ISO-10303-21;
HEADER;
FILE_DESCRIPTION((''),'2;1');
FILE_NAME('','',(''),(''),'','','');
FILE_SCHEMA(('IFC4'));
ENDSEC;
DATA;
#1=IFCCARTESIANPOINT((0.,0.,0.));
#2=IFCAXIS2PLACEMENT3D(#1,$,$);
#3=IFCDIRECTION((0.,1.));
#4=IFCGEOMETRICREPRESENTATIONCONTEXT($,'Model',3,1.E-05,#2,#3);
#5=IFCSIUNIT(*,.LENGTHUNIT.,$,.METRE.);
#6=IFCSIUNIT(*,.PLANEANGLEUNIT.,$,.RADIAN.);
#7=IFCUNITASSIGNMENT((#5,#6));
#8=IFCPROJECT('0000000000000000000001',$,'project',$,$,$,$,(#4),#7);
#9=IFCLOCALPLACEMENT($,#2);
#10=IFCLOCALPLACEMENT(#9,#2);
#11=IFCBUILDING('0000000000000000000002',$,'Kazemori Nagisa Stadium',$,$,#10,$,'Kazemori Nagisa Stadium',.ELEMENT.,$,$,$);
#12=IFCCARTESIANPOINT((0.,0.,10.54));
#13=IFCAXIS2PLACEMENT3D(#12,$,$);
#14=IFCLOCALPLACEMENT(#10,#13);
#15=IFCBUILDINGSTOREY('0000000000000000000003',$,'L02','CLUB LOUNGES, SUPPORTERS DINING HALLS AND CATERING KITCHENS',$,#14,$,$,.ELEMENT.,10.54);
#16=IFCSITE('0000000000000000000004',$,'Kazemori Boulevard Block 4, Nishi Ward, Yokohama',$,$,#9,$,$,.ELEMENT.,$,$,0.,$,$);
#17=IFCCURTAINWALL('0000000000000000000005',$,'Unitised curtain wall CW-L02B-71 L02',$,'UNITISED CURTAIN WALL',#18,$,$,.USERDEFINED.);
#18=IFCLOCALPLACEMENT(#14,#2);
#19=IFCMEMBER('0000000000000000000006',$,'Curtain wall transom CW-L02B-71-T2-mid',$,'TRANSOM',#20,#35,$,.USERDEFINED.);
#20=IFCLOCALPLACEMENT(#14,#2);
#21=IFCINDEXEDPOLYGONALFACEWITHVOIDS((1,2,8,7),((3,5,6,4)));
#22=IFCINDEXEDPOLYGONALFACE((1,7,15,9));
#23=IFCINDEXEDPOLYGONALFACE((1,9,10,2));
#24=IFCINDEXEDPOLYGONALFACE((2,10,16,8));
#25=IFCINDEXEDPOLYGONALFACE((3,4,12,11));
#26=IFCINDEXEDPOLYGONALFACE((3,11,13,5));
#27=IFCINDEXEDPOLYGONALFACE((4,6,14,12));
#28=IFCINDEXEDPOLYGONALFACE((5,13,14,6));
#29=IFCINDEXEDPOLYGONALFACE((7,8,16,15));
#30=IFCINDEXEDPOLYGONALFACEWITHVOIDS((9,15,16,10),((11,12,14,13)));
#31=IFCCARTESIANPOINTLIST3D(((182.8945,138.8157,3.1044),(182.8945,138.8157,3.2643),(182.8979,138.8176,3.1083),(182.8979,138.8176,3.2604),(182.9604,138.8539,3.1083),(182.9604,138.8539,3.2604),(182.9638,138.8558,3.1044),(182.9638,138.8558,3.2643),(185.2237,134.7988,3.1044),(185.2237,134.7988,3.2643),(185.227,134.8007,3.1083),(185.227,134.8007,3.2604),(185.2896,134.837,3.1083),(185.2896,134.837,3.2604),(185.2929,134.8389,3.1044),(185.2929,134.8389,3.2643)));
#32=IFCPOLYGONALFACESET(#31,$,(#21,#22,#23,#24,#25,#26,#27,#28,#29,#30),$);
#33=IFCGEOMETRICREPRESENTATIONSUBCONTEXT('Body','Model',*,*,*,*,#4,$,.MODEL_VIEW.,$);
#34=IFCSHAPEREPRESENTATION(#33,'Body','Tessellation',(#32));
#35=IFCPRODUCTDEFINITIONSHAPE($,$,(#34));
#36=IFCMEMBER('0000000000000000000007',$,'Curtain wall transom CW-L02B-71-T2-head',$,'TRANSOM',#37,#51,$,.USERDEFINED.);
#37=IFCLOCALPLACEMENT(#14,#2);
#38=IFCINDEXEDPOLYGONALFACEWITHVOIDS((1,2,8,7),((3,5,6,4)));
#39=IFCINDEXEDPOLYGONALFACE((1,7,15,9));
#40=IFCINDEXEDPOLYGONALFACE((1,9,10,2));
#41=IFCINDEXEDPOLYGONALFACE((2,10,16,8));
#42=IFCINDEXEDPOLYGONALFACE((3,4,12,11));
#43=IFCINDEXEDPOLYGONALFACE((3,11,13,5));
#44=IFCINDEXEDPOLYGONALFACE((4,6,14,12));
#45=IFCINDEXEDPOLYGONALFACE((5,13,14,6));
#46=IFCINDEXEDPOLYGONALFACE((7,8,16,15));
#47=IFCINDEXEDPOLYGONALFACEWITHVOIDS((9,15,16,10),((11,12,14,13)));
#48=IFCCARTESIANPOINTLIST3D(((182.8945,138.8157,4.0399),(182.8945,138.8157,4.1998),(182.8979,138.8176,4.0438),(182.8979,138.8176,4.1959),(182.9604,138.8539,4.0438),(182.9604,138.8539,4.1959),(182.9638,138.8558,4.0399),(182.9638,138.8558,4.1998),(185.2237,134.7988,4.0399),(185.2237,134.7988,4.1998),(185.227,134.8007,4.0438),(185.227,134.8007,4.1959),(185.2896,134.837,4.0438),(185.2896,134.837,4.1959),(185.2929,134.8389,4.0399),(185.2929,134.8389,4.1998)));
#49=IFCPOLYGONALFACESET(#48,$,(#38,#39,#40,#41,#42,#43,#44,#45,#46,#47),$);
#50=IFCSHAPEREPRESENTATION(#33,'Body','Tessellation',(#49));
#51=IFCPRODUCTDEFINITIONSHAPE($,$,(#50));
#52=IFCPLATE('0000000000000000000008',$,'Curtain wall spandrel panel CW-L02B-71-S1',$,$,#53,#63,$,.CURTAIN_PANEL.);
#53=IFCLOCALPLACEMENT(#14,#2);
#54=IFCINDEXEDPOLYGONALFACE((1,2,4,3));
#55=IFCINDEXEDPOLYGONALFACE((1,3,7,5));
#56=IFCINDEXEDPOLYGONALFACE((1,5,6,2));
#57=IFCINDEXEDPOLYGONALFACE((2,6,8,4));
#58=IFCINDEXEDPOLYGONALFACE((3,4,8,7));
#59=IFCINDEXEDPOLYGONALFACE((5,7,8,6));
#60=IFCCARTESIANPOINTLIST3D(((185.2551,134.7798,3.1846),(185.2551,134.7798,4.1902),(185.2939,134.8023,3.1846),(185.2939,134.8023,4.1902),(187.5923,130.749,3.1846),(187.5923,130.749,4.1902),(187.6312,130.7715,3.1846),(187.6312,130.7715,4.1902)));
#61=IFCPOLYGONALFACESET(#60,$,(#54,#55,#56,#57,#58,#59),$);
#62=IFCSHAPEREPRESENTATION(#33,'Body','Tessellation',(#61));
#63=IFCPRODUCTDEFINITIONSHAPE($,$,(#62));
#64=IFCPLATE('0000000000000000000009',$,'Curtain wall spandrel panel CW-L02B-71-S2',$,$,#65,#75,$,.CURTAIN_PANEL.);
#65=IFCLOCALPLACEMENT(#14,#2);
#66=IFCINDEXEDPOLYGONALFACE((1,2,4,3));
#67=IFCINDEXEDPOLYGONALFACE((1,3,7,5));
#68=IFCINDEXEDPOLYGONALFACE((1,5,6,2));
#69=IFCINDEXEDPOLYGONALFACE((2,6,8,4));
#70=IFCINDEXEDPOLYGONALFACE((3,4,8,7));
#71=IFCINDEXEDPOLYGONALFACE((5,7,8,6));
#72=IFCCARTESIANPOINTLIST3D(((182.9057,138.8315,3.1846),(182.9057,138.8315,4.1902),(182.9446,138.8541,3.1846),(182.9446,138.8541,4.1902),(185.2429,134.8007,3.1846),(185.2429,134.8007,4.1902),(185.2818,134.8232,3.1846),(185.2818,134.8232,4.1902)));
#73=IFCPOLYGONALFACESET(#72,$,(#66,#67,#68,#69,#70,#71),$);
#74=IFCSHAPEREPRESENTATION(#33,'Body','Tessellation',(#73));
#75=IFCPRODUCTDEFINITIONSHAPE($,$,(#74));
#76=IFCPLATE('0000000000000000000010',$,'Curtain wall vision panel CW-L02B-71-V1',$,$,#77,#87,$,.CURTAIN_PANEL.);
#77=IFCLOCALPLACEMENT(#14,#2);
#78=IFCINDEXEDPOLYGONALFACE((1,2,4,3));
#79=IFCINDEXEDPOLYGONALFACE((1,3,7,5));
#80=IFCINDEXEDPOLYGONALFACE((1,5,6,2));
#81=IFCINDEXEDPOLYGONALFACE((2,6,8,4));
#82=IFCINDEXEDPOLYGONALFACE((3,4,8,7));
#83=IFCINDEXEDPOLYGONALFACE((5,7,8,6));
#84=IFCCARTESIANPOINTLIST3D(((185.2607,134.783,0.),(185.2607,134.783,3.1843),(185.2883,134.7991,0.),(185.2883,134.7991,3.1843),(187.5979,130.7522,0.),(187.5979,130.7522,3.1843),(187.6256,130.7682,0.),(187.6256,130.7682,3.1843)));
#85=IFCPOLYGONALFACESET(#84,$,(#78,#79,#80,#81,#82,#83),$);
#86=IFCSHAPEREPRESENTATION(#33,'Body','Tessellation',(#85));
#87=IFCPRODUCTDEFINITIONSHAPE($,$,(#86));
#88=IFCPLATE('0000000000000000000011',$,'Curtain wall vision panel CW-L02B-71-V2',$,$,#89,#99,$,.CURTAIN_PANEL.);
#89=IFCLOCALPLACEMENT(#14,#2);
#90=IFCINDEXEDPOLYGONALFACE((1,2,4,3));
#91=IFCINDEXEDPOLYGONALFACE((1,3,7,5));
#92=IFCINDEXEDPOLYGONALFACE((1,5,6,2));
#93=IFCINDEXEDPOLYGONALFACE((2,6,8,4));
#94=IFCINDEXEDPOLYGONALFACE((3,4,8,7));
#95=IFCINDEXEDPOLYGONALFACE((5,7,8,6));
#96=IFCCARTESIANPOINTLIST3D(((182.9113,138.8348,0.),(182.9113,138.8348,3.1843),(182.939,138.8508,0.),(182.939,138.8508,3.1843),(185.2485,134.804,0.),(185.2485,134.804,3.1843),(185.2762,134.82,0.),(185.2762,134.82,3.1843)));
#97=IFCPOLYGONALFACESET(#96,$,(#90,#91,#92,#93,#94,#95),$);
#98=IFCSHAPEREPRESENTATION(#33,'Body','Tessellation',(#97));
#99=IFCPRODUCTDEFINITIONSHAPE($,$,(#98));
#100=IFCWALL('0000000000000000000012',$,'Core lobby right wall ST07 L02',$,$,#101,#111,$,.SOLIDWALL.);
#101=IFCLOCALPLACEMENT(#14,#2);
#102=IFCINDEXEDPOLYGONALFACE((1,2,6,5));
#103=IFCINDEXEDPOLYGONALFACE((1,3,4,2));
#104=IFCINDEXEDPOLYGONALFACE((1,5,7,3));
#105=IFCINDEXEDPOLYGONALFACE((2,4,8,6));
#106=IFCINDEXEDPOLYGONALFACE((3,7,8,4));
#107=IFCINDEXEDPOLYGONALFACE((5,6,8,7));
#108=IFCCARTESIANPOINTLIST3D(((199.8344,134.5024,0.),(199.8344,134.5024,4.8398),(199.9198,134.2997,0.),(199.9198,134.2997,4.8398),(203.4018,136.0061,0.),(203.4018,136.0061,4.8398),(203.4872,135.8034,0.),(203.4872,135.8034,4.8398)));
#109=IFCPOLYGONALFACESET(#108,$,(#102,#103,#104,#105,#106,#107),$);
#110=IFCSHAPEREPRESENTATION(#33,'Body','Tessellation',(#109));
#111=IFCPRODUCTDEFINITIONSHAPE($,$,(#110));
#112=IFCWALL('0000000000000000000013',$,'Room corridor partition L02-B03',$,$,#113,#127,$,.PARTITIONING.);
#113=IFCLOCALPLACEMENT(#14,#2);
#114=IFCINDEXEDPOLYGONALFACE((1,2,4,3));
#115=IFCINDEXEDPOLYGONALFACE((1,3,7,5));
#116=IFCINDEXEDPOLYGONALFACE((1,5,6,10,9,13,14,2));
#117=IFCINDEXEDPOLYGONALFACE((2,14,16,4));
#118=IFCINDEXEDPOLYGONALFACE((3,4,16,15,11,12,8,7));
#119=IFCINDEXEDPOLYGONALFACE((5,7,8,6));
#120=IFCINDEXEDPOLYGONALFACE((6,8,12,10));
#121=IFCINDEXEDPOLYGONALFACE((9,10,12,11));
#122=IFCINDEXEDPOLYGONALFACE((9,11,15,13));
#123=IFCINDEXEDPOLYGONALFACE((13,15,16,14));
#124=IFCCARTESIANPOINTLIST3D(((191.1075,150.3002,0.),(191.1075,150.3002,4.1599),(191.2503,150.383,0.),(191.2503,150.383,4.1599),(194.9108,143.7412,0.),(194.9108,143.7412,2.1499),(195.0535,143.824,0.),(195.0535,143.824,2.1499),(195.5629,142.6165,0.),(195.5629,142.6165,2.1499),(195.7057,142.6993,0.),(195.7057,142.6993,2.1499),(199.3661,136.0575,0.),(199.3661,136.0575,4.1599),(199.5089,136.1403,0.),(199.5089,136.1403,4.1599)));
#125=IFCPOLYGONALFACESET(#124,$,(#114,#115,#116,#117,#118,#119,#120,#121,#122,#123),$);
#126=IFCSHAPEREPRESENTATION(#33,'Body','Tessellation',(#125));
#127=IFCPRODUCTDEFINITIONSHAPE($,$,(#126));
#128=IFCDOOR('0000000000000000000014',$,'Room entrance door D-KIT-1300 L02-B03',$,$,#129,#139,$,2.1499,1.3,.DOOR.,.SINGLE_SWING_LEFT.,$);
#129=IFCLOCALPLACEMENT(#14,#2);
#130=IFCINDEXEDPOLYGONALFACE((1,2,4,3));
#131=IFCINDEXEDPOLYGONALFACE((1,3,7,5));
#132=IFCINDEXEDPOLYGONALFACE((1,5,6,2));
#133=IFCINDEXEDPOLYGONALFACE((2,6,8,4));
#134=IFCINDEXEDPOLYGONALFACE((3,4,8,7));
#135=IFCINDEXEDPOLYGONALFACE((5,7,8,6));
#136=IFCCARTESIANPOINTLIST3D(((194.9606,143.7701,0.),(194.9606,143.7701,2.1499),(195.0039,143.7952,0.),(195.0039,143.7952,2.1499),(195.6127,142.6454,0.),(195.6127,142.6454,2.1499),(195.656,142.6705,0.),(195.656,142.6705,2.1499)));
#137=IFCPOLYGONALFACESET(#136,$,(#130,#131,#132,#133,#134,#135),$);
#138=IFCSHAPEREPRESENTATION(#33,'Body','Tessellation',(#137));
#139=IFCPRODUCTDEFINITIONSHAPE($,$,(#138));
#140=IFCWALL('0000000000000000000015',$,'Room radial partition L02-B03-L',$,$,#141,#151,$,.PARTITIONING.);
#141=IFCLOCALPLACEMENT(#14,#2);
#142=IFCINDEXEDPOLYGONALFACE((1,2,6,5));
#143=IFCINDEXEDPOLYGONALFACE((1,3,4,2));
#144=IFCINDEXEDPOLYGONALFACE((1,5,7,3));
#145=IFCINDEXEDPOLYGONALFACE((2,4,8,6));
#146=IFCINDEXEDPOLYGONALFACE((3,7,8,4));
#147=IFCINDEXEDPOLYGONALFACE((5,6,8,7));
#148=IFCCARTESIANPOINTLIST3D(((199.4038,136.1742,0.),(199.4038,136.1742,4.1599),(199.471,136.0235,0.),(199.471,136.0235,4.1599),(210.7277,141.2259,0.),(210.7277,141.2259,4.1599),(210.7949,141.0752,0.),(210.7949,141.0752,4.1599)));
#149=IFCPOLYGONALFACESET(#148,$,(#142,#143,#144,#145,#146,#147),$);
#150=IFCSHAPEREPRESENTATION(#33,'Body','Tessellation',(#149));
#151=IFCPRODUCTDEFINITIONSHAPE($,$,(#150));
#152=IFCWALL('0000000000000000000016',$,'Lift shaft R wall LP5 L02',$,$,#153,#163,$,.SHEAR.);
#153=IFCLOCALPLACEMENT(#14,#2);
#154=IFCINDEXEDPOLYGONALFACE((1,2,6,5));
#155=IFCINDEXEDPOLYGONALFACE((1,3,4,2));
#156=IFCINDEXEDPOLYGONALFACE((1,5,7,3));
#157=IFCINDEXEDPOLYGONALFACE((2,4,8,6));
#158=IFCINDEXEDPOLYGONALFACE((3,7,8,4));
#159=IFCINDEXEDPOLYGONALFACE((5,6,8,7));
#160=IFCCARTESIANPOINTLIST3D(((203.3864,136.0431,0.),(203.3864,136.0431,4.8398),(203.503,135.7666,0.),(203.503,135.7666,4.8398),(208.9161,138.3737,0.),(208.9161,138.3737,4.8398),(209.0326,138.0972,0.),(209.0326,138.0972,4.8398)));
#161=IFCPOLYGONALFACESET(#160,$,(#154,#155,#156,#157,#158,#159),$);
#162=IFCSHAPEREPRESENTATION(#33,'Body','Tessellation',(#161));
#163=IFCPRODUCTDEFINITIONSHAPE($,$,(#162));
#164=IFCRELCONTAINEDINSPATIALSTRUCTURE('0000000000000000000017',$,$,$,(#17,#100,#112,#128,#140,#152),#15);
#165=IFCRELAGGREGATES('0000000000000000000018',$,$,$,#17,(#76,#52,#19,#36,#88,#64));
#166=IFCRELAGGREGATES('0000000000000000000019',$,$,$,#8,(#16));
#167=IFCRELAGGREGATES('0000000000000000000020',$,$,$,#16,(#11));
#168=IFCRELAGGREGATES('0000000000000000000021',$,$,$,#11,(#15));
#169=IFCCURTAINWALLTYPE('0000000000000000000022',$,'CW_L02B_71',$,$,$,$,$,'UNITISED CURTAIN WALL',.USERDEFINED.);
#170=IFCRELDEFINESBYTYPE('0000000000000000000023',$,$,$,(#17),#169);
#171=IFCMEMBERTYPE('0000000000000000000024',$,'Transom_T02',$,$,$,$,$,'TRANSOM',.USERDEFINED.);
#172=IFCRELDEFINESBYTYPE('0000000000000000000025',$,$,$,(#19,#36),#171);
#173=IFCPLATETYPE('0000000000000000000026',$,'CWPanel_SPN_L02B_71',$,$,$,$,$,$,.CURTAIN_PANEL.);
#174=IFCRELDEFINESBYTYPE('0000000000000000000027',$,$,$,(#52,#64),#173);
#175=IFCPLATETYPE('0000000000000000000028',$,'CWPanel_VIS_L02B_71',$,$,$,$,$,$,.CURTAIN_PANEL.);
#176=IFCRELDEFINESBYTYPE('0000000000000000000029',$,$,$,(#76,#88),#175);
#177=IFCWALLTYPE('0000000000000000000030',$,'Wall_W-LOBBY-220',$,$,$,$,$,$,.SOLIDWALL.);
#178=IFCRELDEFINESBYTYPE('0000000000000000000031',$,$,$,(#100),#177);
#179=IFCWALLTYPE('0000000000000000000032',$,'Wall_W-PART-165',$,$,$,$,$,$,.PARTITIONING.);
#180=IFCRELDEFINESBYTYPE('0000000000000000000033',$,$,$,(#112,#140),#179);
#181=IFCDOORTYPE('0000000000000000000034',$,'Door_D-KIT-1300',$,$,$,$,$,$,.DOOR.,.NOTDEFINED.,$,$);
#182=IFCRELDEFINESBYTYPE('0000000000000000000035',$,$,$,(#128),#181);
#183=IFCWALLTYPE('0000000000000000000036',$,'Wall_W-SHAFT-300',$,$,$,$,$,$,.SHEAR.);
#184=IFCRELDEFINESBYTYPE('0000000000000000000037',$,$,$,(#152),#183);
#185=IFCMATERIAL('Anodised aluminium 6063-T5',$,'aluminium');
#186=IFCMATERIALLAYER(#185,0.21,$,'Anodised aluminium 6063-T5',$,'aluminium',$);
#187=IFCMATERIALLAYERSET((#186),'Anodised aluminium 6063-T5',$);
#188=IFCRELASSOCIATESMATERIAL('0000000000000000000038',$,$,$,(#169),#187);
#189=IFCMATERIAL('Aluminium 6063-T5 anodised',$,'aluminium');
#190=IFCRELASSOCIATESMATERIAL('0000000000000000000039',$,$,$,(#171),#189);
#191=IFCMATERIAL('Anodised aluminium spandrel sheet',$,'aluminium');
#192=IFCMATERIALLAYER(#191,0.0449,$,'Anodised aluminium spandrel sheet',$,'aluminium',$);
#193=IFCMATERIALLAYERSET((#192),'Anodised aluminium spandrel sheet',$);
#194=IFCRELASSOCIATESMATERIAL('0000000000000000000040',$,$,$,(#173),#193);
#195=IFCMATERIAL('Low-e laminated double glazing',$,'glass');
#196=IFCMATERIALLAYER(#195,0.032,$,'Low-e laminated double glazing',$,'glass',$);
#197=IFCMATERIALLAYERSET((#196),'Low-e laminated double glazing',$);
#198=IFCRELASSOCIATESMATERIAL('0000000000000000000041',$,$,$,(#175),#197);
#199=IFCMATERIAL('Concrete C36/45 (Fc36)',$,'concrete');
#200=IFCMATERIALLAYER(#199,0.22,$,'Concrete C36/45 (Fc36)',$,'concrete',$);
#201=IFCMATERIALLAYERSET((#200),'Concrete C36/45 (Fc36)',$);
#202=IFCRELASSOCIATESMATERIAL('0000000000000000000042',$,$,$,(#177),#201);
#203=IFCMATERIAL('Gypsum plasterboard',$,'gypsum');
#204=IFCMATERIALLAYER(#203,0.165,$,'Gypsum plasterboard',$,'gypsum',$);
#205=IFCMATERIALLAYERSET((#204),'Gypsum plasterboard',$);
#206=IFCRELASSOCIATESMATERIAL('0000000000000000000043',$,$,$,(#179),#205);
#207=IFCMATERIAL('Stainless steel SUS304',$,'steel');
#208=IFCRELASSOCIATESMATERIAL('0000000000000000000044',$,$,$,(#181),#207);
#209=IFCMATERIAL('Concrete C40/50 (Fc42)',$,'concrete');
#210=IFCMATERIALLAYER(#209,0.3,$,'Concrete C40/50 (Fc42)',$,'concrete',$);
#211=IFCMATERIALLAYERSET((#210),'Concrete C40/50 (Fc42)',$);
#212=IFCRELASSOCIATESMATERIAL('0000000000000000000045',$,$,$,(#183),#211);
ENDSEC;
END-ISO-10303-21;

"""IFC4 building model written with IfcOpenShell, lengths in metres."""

from ifc_helpers import new_model, si_unit, direction, frame, frame_2d, origin, origin_2d, place, context, subcontext, project, spatial, rectangle, hollow_rectangle, extrude, material, layer, layer_set, material_profile, profile_set, type_object, element, fill, aggregate, save


model = new_model("IFC4")

# Units and contexts
model_context = context("Model", 3, precision=1e-05, world=origin(), true_north=direction((0.0, 1.0)))
body_context = subcontext(model_context, "Body", "Model", "MODEL_VIEW")
ifc_project = project(units=[si_unit("LENGTHUNIT", "METRE"), si_unit("PLANEANGLEUNIT", "RADIAN")], contexts=[model_context])

# Site, building, storey
site_placement = place(None, origin())
site = spatial("IfcSite", under=ifc_project, at=site_placement, Name="Kazemori Boulevard Block 4, Nishi Ward, Yokohama", CompositionType="ELEMENT", RefElevation=0.0)
building_placement = place(site_placement, origin())
building = spatial("IfcBuilding", under=site, at=building_placement, Name="Kazemori Nagisa Stadium", LongName="Kazemori Nagisa Stadium", CompositionType="ELEMENT")
storey_placement = place(building_placement, frame((0.0, 0.0, 10.54)))
storey = spatial("IfcBuildingStorey", under=building, at=storey_placement, Name="L02", Description="CLUB LOUNGES, SUPPORTERS DINING HALLS AND CATERING KITCHENS", CompositionType="ELEMENT", Elevation=10.54)

# Shared definitions
ifc_material_1 = material(Name="Concrete C40/50 (Fc42)", Category="concrete")

# Curtain wall, members, plates
ifc_material_2 = material(Name="Anodised aluminium 6063-T5", Category="aluminium")
ifc_layer_1 = layer(ifc_material_2, 0.21, Name="Anodised aluminium 6063-T5", Category="aluminium")
ifc_layer_set_1 = layer_set([ifc_layer_1], Name="Anodised aluminium 6063-T5")
curtain_wall_type = type_object("IfcCurtainWallType", Name="CW_L02B_71", ElementType="UNITISED CURTAIN WALL", PredefinedType="USERDEFINED", material=ifc_layer_set_1)
curtain_wall_placement = place(storey_placement, origin())
curtain_wall = element("IfcCurtainWall", 1, at=curtain_wall_placement, inside=storey, type_object=curtain_wall_type, Name="Unitised curtain wall CW-L02B-71 L02", ObjectType="UNITISED CURTAIN WALL", PredefinedType="USERDEFINED")
ifc_material_3 = material(Name="Aluminium 6063-T5 anodised", Category="aluminium")
ifc_material_profile_1 = material_profile(ifc_material_3, hollow_rectangle(XDim=0.0801, YDim=0.1599, WallThickness=0.0039, at=origin_2d()), Name="ALU-TRAN-80x160x4")
ifc_profile_set_1 = profile_set([ifc_material_profile_1], Name="Aluminium 6063-T5 anodised")
member_type_1 = type_object("IfcMemberType", Name="Transom_T02", ElementType="TRANSOM", PredefinedType="USERDEFINED", material=ifc_profile_set_1)
member_1_placement = place(storey_placement, frame((185.2583, 134.8188, 3.1843), z_axis=(-0.50161, 0.865094, 0.0), x_axis=(-0.865094, -0.50161, 0.0)))
member_1 = element("IfcMember", 2, at=member_1_placement, type_object=member_type_1, Name="Curtain wall transom CW-L02B-71-T2-mid", ObjectType="TRANSOM", PredefinedType="USERDEFINED", context=body_context, shape_type="SweptSolid", body=[
    extrude(hollow_rectangle(XDim=0.0801, YDim=0.1599, WallThickness=0.0039, at=origin_2d()), origin(), (0.0, 0.0, 1.0), 4.6433),
])
member_2_placement = place(storey_placement, frame((185.2583, 134.8188, 4.1199), z_axis=(-0.50161, 0.865094, 0.0), x_axis=(-0.865094, -0.50161, 0.0)))
member_2 = element("IfcMember", 3, at=member_2_placement, type_object=member_type_1, Name="Curtain wall transom CW-L02B-71-T2-head", ObjectType="TRANSOM", PredefinedType="USERDEFINED", context=body_context, shape_type="SweptSolid", body=[
    extrude(hollow_rectangle(XDim=0.0801, YDim=0.1599, WallThickness=0.0039, at=origin_2d()), origin(), (0.0, 0.0, 1.0), 4.6433),
])
ifc_material_4 = material(Name="Anodised aluminium spandrel sheet", Category="aluminium")
ifc_layer_2 = layer(ifc_material_4, 0.0449, Name="Anodised aluminium spandrel sheet", Category="aluminium")
ifc_layer_set_2 = layer_set([ifc_layer_2], Name="Anodised aluminium spandrel sheet")
plate_type_1 = type_object("IfcPlateType", Name="CWPanel_SPN_L02B_71", PredefinedType="CURTAIN_PANEL", material=ifc_layer_set_2)
plate_1_placement = place(storey_placement, frame((186.4431, 132.7756, 3.1846), z_axis=(0.0, 0.0, 1.0), x_axis=(-0.501612, 0.865093, 0.0)))
plate_1 = element("IfcPlate", 4, at=plate_1_placement, type_object=plate_type_1, Name="Curtain wall spandrel panel CW-L02B-71-S1", PredefinedType="CURTAIN_PANEL", context=body_context, shape_type="SweptSolid", body=[
    extrude(rectangle(XDim=4.6594, YDim=0.0449, at=origin_2d()), origin(), (0.0, 0.0, 1.0), 1.0056),
])
plate_2_placement = place(storey_placement, frame((184.0938, 136.8274, 3.1846), z_axis=(0.0, 0.0, 1.0), x_axis=(-0.501612, 0.865093, 0.0)))
plate_2 = element("IfcPlate", 5, at=plate_2_placement, type_object=plate_type_1, Name="Curtain wall spandrel panel CW-L02B-71-S2", PredefinedType="CURTAIN_PANEL", context=body_context, shape_type="SweptSolid", body=[
    extrude(rectangle(XDim=4.6594, YDim=0.0449, at=origin_2d()), origin(), (0.0, 0.0, 1.0), 1.0056),
])
ifc_material_5 = material(Name="Low-e laminated double glazing", Category="glass")
ifc_layer_3 = layer(ifc_material_5, 0.032, Name="Low-e laminated double glazing", Category="glass")
ifc_layer_set_3 = layer_set([ifc_layer_3], Name="Low-e laminated double glazing")
plate_type_2 = type_object("IfcPlateType", Name="CWPanel_VIS_L02B_71", PredefinedType="CURTAIN_PANEL", material=ifc_layer_set_3)
plate_3_placement = place(storey_placement, frame((186.4431, 132.7756, 0.0), z_axis=(0.0, 0.0, 1.0), x_axis=(-0.501612, 0.865093, 0.0)))
plate_3 = element("IfcPlate", 6, at=plate_3_placement, type_object=plate_type_2, Name="Curtain wall vision panel CW-L02B-71-V1", PredefinedType="CURTAIN_PANEL", context=body_context, shape_type="SweptSolid", body=[
    extrude(rectangle(XDim=4.6594, YDim=0.032, at=origin_2d()), origin(), (0.0, 0.0, 1.0), 3.1843),
])
plate_4_placement = place(storey_placement, frame((184.0938, 136.8274, 0.0), z_axis=(0.0, 0.0, 1.0), x_axis=(-0.501612, 0.865093, 0.0)))
plate_4 = element("IfcPlate", 7, at=plate_4_placement, type_object=plate_type_2, Name="Curtain wall vision panel CW-L02B-71-V2", PredefinedType="CURTAIN_PANEL", context=body_context, shape_type="SweptSolid", body=[
    extrude(rectangle(XDim=4.6594, YDim=0.032, at=origin_2d()), origin(), (0.0, 0.0, 1.0), 3.1843),
])
aggregate(curtain_wall, [plate_3, plate_1, member_1, member_2, plate_4, plate_2])

# Wall
ifc_material_6 = material(Name="Concrete C36/45 (Fc36)", Category="concrete")
ifc_layer_4 = layer(ifc_material_6, 0.22, Name="Concrete C36/45 (Fc36)", Category="concrete")
ifc_layer_set_4 = layer_set([ifc_layer_4], Name="Concrete C36/45 (Fc36)")
wall_type_1 = type_object("IfcWallType", Name="Wall_W-LOBBY-220", PredefinedType="SOLIDWALL", material=ifc_layer_set_4)
wall_1_placement = place(storey_placement, frame((199.8772, 134.4011, 0.0), z_axis=(0.0, 0.0, 1.0), x_axis=(0.921487, 0.388409, 0.0)))
element("IfcWall", 8, at=wall_1_placement, inside=storey, type_object=wall_type_1, Name="Core lobby right wall ST07 L02", PredefinedType="SOLIDWALL", context=body_context, shape_type="SweptSolid", body=[
    extrude(rectangle(XDim=3.8713, YDim=0.22, at=frame_2d((1.9355, 0.0))), origin(), (0.0, 0.0, 1.0), 4.8398),
])

# Wall, opening, door
ifc_material_7 = material(Name="Gypsum plasterboard", Category="gypsum")
ifc_layer_5 = layer(ifc_material_7, 0.165, Name="Gypsum plasterboard", Category="gypsum")
ifc_layer_set_5 = layer_set([ifc_layer_5], Name="Gypsum plasterboard")
wall_type_2 = type_object("IfcWallType", Name="Wall_W-PART-165", PredefinedType="PARTITIONING", material=ifc_layer_set_5)
wall_2_placement = place(storey_placement, frame((199.4375, 136.0989, 0.0), z_axis=(0.0, 0.0, 1.0), x_axis=(-0.501618, 0.865089, 0.0)))
wall_2 = element("IfcWall", 9, at=wall_2_placement, inside=storey, type_object=wall_type_2, Name="Room corridor partition L02-B03", PredefinedType="PARTITIONING", context=body_context, shape_type="SweptSolid", body=[
    extrude(rectangle(XDim=16.4639, YDim=0.165, at=frame_2d((8.2319, 0.0))), origin(), (0.0, 0.0, 1.0), 4.1599),
])
opening_placement = place(wall_2_placement, frame((7.582, 0.0, 0.0)))
opening = element("IfcOpeningElement", 10, at=opening_placement, cuts=wall_2, PredefinedType="OPENING", context=body_context, shape_type="SweptSolid", body=[
    extrude(rectangle(XDim=1.3, YDim=2.1499, at=frame_2d((0.6499, 1.075))), frame((0.0, 0.0925, 0.0), z_axis=(0.0, -1.0, 0.0), x_axis=(1.0, 0.0, 0.0)), (0.0, 0.0, 1.0), 0.1851),
])
ifc_material_8 = material(Name="Stainless steel SUS304", Category="steel")
door_type = type_object("IfcDoorType", Name="Door_D-KIT-1300", OperationType="NOTDEFINED", PredefinedType="DOOR", material=ifc_material_8)
door_placement = place(opening_placement, origin())
door = element("IfcDoor", 11, at=door_placement, inside=storey, type_object=door_type, Name="Room entrance door D-KIT-1300 L02-B03", OperationType="SINGLE_SWING_LEFT", OverallHeight=2.1499, OverallWidth=1.3, PredefinedType="DOOR", context=body_context, shape_type="SweptSolid", body=[
    extrude(rectangle(XDim=1.3, YDim=2.1499, at=frame_2d((0.6499, 1.075))), frame((0.0, 0.0249, 0.0), z_axis=(0.0, -1.0, 0.0), x_axis=(1.0, 0.0, 0.0)), (0.0, 0.0, 1.0), 0.05),
])
fill(opening, door)

# Walls
wall_3_placement = place(storey_placement, frame((199.4375, 136.0989, 0.0), z_axis=(0.0, 0.0, 1.0), x_axis=(0.913246, 0.40741, 0.0)))
element("IfcWall", 12, at=wall_3_placement, inside=storey, type_object=wall_type_2, Name="Room radial partition L02-B03-L", PredefinedType="PARTITIONING", context=body_context, shape_type="SweptSolid", body=[
    extrude(rectangle(XDim=12.3997, YDim=0.165, at=frame_2d((6.1997, 0.0))), origin(), (0.0, 0.0, 1.0), 4.1599),
])
ifc_layer_6 = layer(ifc_material_1, 0.3, Name="Concrete C40/50 (Fc42)", Category="concrete")
ifc_layer_set_6 = layer_set([ifc_layer_6], Name="Concrete C40/50 (Fc42)")
wall_type_3 = type_object("IfcWallType", Name="Wall_W-SHAFT-300", PredefinedType="SHEAR", material=ifc_layer_set_6)
wall_4_placement = place(storey_placement, frame((203.4446, 135.9048, 0.0), z_axis=(0.0, 0.0, 1.0), x_axis=(0.921496, 0.388388, 0.0)))
element("IfcWall", 13, at=wall_4_placement, inside=storey, type_object=wall_type_3, Name="Lift shaft R wall LP5 L02", PredefinedType="SHEAR", context=body_context, shape_type="SweptSolid", body=[
    extrude(rectangle(XDim=6.0007, YDim=0.3, at=frame_2d((3.0005, 0.0))), origin(), (0.0, 0.0, 1.0), 4.8398),
])

save(model, "model.ifc")
